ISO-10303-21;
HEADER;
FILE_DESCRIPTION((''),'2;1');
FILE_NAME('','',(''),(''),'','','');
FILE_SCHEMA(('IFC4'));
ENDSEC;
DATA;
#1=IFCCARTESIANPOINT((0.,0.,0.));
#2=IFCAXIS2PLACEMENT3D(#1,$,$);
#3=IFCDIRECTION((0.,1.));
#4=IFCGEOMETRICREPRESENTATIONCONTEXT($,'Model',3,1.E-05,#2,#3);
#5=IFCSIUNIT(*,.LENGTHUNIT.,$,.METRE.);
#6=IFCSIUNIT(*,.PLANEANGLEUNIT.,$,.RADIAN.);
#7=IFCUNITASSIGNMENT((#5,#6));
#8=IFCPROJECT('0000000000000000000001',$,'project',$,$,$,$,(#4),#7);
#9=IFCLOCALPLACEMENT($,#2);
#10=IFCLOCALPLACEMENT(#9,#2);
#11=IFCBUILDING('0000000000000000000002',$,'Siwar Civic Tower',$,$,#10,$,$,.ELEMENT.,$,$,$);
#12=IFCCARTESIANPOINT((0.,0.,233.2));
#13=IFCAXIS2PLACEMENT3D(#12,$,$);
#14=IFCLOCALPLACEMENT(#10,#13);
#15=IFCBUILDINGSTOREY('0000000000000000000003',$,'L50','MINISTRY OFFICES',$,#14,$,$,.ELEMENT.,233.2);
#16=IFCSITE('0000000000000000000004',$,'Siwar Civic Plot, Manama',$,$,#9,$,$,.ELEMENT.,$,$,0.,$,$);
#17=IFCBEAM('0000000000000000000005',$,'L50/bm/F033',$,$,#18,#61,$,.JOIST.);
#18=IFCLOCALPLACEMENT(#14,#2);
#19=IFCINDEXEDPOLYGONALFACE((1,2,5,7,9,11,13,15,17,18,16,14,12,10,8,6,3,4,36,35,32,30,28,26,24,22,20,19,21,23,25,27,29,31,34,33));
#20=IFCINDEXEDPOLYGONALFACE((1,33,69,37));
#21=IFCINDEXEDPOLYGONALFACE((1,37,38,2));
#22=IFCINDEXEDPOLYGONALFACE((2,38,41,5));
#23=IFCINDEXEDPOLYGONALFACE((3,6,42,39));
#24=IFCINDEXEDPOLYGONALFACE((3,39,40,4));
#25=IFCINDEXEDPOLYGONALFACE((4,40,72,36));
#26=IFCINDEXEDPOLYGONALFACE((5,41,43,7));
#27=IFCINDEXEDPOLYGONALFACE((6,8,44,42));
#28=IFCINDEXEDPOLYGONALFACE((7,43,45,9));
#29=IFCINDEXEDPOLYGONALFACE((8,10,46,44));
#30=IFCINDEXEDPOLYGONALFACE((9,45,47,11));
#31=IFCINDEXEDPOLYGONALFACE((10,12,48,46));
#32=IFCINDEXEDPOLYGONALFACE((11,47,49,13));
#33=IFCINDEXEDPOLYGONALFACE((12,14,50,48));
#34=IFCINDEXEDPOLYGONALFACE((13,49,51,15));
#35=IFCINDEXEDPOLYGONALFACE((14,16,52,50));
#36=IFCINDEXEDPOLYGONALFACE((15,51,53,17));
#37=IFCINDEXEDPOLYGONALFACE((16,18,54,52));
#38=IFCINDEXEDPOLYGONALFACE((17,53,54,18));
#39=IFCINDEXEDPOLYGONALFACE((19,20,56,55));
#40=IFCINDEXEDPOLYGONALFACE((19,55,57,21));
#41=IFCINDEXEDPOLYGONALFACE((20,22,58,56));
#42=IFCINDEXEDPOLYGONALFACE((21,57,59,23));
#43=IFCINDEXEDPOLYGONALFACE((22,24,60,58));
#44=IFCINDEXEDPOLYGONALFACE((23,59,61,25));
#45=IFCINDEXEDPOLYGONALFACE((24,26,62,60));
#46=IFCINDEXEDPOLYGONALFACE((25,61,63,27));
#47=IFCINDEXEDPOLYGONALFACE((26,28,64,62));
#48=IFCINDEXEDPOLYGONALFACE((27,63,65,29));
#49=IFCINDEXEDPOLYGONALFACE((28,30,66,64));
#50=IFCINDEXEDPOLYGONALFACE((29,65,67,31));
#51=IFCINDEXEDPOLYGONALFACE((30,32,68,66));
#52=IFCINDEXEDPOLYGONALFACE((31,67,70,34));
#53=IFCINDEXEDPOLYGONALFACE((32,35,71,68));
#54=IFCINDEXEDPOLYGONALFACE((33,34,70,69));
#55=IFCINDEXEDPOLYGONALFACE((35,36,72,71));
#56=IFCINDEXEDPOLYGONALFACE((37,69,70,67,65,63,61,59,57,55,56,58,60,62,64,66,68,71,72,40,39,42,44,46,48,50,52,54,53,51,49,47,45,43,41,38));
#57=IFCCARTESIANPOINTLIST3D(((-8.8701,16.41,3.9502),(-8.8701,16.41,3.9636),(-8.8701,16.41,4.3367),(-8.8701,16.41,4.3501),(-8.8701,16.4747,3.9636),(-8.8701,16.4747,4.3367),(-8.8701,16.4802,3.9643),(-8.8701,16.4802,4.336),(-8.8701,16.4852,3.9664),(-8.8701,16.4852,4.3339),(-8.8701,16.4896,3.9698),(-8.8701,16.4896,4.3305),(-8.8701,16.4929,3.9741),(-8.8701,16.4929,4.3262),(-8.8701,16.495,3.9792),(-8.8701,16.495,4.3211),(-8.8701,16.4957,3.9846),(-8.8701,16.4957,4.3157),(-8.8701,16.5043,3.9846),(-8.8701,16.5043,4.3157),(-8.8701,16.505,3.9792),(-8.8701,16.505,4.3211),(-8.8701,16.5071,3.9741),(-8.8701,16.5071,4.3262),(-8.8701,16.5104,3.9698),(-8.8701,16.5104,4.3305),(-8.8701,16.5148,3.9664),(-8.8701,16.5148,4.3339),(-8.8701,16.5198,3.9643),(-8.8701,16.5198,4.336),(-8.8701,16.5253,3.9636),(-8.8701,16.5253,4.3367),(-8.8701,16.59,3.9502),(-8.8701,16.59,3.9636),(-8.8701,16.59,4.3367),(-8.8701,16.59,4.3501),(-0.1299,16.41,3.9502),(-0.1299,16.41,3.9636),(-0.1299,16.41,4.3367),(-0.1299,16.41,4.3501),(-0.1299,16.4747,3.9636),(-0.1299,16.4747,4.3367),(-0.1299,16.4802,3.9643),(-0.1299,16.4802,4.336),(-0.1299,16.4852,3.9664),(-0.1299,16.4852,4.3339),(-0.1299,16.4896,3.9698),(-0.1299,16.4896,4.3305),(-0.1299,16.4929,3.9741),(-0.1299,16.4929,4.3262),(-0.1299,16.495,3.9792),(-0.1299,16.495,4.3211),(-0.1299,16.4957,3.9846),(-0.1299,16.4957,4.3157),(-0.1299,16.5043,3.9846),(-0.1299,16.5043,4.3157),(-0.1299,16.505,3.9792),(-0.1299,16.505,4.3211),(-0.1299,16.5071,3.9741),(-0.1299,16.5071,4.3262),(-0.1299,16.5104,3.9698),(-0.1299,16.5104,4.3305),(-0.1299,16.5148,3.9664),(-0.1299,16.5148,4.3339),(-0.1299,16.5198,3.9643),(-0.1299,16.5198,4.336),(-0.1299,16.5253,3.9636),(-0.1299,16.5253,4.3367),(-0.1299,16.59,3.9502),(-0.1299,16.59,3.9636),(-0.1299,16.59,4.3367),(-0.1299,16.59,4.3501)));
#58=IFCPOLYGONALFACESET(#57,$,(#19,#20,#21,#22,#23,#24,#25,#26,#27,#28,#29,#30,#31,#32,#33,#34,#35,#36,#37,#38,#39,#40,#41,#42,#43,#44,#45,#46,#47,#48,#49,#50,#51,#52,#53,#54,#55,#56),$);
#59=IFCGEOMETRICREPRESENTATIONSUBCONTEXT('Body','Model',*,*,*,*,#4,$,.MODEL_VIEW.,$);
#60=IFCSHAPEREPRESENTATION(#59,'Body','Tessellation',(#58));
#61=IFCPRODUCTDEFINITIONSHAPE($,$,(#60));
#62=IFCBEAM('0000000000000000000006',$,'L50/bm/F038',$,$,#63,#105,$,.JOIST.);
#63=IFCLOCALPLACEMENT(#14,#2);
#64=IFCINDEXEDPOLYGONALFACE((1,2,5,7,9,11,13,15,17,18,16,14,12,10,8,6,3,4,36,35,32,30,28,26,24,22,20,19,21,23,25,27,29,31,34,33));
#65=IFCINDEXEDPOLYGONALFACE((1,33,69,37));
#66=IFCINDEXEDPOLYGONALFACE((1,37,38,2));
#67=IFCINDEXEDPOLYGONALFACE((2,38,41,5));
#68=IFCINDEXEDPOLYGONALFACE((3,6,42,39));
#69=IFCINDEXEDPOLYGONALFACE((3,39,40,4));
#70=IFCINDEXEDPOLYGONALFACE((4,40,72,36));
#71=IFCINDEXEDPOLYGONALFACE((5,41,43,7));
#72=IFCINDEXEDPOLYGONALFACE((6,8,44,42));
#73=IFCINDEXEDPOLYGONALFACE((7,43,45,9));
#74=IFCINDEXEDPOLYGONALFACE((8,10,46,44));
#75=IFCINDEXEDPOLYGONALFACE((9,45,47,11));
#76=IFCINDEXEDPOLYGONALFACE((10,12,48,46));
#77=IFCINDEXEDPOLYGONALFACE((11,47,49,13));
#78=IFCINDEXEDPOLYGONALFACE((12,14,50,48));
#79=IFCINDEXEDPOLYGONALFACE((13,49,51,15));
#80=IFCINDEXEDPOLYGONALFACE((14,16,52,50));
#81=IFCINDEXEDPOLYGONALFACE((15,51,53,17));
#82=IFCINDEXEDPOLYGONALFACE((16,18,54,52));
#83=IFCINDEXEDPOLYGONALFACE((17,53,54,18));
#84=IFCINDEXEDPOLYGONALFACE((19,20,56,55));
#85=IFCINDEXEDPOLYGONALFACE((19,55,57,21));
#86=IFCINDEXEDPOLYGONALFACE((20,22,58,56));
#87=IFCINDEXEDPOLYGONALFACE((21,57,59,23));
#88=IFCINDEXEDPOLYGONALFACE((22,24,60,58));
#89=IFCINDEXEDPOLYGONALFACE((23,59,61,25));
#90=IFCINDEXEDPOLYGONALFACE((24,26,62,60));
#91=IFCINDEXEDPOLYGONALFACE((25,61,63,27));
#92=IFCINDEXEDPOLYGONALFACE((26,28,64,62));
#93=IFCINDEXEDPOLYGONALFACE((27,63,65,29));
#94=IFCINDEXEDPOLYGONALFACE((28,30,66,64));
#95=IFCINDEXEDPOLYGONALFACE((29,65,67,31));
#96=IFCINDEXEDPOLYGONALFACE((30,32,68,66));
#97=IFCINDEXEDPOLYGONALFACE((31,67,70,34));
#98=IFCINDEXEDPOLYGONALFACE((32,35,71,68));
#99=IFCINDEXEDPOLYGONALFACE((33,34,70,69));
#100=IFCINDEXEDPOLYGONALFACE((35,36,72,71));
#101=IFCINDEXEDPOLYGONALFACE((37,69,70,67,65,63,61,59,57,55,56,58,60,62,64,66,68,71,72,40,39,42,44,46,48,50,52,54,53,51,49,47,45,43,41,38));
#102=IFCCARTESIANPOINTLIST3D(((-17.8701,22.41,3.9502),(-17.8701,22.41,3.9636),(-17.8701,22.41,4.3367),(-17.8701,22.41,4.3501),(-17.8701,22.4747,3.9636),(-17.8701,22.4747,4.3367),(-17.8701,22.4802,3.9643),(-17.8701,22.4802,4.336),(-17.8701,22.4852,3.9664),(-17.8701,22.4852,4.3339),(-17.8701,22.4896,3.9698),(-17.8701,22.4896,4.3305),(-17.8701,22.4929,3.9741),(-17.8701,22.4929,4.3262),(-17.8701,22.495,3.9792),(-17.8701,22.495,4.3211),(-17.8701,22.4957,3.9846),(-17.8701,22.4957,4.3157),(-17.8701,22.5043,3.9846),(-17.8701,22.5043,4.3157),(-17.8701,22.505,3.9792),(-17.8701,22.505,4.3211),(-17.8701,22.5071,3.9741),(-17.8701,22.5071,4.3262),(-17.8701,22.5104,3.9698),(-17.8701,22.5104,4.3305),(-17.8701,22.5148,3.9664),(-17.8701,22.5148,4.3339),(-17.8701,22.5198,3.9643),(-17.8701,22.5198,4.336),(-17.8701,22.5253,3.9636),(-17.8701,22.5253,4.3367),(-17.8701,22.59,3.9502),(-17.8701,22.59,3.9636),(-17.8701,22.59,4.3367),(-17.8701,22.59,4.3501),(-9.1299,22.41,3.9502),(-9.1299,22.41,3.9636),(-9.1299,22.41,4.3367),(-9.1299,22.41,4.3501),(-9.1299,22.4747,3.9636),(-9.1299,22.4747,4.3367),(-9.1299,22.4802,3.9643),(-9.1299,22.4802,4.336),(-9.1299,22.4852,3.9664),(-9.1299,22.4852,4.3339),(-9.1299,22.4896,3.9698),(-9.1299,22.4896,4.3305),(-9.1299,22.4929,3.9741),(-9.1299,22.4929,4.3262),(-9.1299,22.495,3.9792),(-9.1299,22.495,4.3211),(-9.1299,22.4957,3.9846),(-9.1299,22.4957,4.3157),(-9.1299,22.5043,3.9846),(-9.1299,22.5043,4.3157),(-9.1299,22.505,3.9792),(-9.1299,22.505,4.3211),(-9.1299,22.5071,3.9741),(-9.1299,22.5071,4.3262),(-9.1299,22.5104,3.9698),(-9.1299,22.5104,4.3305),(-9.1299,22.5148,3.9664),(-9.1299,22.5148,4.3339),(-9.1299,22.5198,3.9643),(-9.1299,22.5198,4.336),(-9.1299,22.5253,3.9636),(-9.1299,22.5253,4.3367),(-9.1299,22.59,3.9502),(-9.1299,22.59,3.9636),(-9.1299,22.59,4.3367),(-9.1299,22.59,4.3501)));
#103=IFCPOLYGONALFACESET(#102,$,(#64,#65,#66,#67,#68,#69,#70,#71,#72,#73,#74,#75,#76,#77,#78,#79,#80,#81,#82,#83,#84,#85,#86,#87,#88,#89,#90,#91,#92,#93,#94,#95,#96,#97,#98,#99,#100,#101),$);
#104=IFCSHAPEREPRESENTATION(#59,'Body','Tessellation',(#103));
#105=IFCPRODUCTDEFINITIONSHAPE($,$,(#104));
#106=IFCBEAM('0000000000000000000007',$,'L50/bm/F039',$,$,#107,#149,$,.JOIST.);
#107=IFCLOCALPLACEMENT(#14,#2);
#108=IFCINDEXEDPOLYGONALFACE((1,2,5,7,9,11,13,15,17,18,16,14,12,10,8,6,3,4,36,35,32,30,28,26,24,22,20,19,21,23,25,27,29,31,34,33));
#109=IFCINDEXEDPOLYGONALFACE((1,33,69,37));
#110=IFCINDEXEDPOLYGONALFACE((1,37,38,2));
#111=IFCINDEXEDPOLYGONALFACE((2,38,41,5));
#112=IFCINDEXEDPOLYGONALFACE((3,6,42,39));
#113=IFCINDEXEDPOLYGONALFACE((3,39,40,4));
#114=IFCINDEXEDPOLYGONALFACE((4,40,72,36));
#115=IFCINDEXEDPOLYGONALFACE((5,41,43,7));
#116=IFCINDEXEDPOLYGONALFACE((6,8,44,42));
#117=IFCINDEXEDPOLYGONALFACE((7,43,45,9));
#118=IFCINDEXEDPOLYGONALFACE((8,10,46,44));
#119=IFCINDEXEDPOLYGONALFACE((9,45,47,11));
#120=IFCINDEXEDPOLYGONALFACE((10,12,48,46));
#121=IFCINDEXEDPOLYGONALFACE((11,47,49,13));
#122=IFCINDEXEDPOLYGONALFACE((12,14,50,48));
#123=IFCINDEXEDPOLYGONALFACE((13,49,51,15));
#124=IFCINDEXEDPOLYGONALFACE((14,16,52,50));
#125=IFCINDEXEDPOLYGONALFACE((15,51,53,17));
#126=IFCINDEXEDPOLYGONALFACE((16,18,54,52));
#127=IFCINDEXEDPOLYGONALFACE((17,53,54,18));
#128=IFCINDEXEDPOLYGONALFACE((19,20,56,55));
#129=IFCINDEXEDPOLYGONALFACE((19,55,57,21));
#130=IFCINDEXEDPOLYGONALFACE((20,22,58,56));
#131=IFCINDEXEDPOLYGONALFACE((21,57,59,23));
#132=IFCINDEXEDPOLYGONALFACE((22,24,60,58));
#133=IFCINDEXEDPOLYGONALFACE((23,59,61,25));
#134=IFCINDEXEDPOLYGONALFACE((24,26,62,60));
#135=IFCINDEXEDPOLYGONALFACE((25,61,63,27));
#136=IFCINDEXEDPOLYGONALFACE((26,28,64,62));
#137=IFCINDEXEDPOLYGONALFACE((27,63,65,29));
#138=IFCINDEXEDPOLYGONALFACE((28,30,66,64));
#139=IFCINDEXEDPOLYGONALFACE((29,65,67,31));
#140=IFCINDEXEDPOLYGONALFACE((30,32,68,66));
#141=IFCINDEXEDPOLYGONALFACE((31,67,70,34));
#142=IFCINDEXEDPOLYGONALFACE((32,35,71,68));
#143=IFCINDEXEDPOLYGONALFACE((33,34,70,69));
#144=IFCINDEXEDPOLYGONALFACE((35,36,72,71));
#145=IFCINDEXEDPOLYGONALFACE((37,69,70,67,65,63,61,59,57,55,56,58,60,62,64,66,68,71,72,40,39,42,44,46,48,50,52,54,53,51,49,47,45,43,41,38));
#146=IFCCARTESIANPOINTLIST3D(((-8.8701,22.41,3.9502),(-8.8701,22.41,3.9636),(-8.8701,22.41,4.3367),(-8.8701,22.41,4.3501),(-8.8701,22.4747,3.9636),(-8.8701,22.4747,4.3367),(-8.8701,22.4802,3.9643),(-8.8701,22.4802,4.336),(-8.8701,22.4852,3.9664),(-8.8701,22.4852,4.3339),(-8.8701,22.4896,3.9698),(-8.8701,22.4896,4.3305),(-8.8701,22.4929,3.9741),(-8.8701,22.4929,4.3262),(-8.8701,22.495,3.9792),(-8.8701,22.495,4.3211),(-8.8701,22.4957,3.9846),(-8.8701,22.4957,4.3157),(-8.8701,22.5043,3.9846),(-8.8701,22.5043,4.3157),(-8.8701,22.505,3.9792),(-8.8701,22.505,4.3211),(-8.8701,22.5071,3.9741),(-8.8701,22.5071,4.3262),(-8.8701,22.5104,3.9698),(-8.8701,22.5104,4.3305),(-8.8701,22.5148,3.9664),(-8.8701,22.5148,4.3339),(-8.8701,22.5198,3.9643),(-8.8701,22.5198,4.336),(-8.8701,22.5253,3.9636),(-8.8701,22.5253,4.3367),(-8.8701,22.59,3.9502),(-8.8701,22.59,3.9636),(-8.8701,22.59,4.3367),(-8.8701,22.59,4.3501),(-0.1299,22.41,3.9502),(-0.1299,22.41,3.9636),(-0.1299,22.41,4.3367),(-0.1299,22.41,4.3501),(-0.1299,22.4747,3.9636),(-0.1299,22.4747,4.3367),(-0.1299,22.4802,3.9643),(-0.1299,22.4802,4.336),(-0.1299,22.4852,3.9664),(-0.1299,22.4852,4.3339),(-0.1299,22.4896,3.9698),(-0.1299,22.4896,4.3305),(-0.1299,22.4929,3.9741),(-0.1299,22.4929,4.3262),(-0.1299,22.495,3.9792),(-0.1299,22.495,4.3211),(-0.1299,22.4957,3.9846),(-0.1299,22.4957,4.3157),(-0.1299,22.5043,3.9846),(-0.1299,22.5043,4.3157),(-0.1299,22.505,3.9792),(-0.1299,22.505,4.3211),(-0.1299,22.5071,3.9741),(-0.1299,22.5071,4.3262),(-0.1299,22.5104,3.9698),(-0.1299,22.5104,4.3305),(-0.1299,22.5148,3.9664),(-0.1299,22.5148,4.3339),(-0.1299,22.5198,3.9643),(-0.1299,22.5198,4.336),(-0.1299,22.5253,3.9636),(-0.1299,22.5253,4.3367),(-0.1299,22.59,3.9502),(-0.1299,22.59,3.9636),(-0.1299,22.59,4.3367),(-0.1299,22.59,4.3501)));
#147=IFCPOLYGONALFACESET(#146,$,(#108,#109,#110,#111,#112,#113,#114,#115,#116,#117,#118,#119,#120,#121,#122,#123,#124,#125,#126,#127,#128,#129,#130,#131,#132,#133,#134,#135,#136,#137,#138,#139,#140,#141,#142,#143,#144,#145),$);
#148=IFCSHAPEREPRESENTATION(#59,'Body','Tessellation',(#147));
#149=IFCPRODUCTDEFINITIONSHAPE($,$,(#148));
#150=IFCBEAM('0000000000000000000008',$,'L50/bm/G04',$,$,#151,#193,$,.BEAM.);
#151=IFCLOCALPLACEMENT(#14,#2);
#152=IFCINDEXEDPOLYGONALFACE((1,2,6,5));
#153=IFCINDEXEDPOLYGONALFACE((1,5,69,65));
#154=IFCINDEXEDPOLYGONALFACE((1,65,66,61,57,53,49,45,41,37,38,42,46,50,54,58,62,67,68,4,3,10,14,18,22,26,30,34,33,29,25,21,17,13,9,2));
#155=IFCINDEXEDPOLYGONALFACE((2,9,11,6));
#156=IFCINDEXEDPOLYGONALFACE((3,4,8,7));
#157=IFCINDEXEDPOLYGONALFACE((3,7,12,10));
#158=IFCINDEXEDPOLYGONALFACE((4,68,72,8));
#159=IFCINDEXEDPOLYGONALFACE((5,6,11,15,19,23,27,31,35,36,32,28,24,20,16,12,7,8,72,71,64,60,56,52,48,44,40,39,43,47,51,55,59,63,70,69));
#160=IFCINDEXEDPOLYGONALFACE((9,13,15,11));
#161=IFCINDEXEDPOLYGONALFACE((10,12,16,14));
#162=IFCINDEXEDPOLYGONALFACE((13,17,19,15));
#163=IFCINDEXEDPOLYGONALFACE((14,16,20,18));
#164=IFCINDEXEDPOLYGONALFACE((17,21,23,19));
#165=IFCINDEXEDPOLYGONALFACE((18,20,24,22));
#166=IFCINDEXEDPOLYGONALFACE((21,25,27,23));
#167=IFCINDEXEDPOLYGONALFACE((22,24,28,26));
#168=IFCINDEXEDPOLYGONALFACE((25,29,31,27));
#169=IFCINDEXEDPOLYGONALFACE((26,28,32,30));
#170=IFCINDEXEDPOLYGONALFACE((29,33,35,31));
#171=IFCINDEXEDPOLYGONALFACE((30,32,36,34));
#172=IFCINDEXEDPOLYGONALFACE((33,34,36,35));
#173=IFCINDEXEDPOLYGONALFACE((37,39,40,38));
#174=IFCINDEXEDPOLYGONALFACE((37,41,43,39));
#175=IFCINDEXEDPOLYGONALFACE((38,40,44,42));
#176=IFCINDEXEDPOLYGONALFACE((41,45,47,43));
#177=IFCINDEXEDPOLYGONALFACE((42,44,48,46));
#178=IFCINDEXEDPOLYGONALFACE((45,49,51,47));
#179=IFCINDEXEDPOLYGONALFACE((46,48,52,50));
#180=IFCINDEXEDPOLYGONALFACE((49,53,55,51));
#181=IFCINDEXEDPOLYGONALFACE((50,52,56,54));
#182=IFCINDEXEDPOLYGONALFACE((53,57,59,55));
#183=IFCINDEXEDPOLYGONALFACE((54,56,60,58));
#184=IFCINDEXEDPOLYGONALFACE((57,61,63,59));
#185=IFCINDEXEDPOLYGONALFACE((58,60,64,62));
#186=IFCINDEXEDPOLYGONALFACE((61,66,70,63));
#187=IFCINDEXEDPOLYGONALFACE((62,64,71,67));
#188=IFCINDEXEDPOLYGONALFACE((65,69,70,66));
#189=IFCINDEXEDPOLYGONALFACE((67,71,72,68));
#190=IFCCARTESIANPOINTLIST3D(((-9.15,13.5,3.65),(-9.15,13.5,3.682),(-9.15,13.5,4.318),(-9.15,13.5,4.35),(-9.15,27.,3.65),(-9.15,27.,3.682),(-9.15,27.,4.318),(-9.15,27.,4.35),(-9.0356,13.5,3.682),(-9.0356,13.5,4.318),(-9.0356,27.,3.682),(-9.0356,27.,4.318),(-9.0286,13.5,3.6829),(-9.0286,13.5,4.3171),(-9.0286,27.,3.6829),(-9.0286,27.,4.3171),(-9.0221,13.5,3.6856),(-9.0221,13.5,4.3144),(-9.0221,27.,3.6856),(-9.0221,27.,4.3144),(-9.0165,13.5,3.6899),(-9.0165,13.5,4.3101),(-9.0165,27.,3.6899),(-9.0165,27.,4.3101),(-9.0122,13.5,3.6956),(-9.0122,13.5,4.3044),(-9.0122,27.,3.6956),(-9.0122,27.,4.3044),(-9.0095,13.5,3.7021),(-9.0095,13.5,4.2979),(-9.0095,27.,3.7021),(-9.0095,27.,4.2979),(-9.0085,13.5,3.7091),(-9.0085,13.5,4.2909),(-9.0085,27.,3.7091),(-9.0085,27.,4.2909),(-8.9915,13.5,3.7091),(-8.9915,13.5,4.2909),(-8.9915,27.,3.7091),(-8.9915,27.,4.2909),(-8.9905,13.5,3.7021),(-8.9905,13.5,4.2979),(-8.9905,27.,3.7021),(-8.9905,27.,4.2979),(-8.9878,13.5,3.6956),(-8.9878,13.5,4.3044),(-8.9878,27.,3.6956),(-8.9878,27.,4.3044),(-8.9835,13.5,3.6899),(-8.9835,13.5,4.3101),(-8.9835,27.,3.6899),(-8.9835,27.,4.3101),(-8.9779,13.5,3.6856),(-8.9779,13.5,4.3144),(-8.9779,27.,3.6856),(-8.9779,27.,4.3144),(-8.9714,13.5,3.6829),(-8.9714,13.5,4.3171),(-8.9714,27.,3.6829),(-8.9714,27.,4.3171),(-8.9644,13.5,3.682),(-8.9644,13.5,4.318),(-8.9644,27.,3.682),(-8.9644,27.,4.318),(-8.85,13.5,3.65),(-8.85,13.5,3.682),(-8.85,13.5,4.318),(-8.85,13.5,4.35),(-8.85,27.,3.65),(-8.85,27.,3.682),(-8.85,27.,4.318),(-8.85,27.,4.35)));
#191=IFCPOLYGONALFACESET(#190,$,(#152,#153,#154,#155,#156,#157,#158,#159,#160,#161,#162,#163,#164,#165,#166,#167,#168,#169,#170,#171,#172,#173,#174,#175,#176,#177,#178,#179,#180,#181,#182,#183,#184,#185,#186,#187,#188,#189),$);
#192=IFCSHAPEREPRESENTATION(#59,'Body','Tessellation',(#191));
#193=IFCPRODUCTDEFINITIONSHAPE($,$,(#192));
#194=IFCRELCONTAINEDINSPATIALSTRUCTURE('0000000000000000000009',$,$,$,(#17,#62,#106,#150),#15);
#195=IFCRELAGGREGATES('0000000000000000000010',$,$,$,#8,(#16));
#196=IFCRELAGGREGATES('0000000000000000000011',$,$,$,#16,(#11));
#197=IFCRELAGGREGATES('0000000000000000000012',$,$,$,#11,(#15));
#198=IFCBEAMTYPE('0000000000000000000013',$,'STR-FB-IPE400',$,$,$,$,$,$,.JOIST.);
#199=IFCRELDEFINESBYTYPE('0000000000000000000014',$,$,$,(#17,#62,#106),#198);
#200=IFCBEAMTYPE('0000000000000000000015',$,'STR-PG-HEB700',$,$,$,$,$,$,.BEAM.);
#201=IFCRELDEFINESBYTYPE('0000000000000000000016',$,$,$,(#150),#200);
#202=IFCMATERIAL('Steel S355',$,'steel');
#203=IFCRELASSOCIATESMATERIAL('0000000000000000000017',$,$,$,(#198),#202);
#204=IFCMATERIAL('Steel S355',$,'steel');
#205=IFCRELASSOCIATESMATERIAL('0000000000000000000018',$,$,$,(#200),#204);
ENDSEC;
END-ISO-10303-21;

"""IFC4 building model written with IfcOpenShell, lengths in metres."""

from ifc_helpers import new_model, si_unit, direction, frame, origin, origin_2d, place, context, subcontext, project, spatial, i_section, extrude, material, material_profile, profile_set, type_object, element, save


model = new_model("IFC4")

# Units and contexts
model_context = context("Model", 3, precision=1e-05, world=origin(), true_north=direction((0.0, 1.0)))
body_context = subcontext(model_context, "Body", "Model", "MODEL_VIEW")
ifc_project = project(units=[si_unit("LENGTHUNIT", "METRE"), si_unit("PLANEANGLEUNIT", "RADIAN")], contexts=[model_context])

# Site, building, storey
site_placement = place(None, origin())
site = spatial("IfcSite", under=ifc_project, at=site_placement, Name="Siwar Civic Plot, Manama", CompositionType="ELEMENT", RefElevation=0.0)
building_placement = place(site_placement, origin())
building = spatial("IfcBuilding", under=site, at=building_placement, Name="Siwar Civic Tower", CompositionType="ELEMENT")
storey_placement = place(building_placement, frame((0.0, 0.0, 233.2)))
storey = spatial("IfcBuildingStorey", under=building, at=storey_placement, Name="L50", Description="MINISTRY OFFICES", CompositionType="ELEMENT", Elevation=233.2)

# Beams
ifc_material_1 = material(Name="Steel S355", Category="steel")
ifc_material_profile_1 = material_profile(ifc_material_1, i_section(OverallWidth=0.1799, OverallDepth=0.3999, WebThickness=0.0085, FlangeThickness=0.0134, FilletRadius=0.021, at=origin_2d()), Name="IPE400")
ifc_profile_set_1 = profile_set([ifc_material_profile_1], Name="Steel S355")
beam_type_1 = type_object("IfcBeamType", Name="STR-FB-IPE400", PredefinedType="JOIST", material=ifc_profile_set_1)
for number, where, z_axis, x_axis, name in (
    (1, (-8.8701, 16.5, 4.1501), (1.0, 0.0, 0.0), (0.0, 1.0, 0.0), "L50/bm/F033"),
    (2, (-17.8701, 22.5, 4.1501), (1.0, 0.0, 0.0), (0.0, 1.0, 0.0), "L50/bm/F038"),
    (3, (-8.8701, 22.5, 4.1501), (1.0, 0.0, 0.0), (0.0, 1.0, 0.0), "L50/bm/F039"),
):
    element("IfcBeam", number, at=place(storey_placement, frame(where, z_axis=z_axis, x_axis=x_axis)), inside=storey, type_object=beam_type_1, Name=name, PredefinedType="JOIST", context=body_context, shape_type="SweptSolid", body=[
        extrude(i_section(OverallWidth=0.1799, OverallDepth=0.3999, WebThickness=0.0085, FlangeThickness=0.0134, FilletRadius=0.021, at=origin_2d()), origin(), (0.0, 0.0, 1.0), 8.7402),
    ])
ifc_material_2 = material(Name="Steel S355", Category="steel")
ifc_material_profile_2 = material_profile(ifc_material_2, i_section(OverallWidth=0.3, OverallDepth=0.7, WebThickness=0.0171, FlangeThickness=0.032, FilletRadius=0.0271, at=origin_2d()), Name="HEB700")
ifc_profile_set_2 = profile_set([ifc_material_profile_2], Name="Steel S355")
beam_type_2 = type_object("IfcBeamType", Name="STR-PG-HEB700", PredefinedType="BEAM", material=ifc_profile_set_2)
beam_1_placement = place(storey_placement, frame((-9.0, 13.5, 4.0), z_axis=(0.0, 1.0, 0.0), x_axis=(-1.0, 0.0, 0.0)))
element("IfcBeam", 4, at=beam_1_placement, inside=storey, type_object=beam_type_2, Name="L50/bm/G04", PredefinedType="BEAM", context=body_context, shape_type="SweptSolid", body=[
    extrude(i_section(OverallWidth=0.3, OverallDepth=0.7, WebThickness=0.0171, FlangeThickness=0.032, FilletRadius=0.0271, at=origin_2d()), origin(), (0.0, 0.0, 1.0), 13.5),
])

save(model, "model.ifc")
